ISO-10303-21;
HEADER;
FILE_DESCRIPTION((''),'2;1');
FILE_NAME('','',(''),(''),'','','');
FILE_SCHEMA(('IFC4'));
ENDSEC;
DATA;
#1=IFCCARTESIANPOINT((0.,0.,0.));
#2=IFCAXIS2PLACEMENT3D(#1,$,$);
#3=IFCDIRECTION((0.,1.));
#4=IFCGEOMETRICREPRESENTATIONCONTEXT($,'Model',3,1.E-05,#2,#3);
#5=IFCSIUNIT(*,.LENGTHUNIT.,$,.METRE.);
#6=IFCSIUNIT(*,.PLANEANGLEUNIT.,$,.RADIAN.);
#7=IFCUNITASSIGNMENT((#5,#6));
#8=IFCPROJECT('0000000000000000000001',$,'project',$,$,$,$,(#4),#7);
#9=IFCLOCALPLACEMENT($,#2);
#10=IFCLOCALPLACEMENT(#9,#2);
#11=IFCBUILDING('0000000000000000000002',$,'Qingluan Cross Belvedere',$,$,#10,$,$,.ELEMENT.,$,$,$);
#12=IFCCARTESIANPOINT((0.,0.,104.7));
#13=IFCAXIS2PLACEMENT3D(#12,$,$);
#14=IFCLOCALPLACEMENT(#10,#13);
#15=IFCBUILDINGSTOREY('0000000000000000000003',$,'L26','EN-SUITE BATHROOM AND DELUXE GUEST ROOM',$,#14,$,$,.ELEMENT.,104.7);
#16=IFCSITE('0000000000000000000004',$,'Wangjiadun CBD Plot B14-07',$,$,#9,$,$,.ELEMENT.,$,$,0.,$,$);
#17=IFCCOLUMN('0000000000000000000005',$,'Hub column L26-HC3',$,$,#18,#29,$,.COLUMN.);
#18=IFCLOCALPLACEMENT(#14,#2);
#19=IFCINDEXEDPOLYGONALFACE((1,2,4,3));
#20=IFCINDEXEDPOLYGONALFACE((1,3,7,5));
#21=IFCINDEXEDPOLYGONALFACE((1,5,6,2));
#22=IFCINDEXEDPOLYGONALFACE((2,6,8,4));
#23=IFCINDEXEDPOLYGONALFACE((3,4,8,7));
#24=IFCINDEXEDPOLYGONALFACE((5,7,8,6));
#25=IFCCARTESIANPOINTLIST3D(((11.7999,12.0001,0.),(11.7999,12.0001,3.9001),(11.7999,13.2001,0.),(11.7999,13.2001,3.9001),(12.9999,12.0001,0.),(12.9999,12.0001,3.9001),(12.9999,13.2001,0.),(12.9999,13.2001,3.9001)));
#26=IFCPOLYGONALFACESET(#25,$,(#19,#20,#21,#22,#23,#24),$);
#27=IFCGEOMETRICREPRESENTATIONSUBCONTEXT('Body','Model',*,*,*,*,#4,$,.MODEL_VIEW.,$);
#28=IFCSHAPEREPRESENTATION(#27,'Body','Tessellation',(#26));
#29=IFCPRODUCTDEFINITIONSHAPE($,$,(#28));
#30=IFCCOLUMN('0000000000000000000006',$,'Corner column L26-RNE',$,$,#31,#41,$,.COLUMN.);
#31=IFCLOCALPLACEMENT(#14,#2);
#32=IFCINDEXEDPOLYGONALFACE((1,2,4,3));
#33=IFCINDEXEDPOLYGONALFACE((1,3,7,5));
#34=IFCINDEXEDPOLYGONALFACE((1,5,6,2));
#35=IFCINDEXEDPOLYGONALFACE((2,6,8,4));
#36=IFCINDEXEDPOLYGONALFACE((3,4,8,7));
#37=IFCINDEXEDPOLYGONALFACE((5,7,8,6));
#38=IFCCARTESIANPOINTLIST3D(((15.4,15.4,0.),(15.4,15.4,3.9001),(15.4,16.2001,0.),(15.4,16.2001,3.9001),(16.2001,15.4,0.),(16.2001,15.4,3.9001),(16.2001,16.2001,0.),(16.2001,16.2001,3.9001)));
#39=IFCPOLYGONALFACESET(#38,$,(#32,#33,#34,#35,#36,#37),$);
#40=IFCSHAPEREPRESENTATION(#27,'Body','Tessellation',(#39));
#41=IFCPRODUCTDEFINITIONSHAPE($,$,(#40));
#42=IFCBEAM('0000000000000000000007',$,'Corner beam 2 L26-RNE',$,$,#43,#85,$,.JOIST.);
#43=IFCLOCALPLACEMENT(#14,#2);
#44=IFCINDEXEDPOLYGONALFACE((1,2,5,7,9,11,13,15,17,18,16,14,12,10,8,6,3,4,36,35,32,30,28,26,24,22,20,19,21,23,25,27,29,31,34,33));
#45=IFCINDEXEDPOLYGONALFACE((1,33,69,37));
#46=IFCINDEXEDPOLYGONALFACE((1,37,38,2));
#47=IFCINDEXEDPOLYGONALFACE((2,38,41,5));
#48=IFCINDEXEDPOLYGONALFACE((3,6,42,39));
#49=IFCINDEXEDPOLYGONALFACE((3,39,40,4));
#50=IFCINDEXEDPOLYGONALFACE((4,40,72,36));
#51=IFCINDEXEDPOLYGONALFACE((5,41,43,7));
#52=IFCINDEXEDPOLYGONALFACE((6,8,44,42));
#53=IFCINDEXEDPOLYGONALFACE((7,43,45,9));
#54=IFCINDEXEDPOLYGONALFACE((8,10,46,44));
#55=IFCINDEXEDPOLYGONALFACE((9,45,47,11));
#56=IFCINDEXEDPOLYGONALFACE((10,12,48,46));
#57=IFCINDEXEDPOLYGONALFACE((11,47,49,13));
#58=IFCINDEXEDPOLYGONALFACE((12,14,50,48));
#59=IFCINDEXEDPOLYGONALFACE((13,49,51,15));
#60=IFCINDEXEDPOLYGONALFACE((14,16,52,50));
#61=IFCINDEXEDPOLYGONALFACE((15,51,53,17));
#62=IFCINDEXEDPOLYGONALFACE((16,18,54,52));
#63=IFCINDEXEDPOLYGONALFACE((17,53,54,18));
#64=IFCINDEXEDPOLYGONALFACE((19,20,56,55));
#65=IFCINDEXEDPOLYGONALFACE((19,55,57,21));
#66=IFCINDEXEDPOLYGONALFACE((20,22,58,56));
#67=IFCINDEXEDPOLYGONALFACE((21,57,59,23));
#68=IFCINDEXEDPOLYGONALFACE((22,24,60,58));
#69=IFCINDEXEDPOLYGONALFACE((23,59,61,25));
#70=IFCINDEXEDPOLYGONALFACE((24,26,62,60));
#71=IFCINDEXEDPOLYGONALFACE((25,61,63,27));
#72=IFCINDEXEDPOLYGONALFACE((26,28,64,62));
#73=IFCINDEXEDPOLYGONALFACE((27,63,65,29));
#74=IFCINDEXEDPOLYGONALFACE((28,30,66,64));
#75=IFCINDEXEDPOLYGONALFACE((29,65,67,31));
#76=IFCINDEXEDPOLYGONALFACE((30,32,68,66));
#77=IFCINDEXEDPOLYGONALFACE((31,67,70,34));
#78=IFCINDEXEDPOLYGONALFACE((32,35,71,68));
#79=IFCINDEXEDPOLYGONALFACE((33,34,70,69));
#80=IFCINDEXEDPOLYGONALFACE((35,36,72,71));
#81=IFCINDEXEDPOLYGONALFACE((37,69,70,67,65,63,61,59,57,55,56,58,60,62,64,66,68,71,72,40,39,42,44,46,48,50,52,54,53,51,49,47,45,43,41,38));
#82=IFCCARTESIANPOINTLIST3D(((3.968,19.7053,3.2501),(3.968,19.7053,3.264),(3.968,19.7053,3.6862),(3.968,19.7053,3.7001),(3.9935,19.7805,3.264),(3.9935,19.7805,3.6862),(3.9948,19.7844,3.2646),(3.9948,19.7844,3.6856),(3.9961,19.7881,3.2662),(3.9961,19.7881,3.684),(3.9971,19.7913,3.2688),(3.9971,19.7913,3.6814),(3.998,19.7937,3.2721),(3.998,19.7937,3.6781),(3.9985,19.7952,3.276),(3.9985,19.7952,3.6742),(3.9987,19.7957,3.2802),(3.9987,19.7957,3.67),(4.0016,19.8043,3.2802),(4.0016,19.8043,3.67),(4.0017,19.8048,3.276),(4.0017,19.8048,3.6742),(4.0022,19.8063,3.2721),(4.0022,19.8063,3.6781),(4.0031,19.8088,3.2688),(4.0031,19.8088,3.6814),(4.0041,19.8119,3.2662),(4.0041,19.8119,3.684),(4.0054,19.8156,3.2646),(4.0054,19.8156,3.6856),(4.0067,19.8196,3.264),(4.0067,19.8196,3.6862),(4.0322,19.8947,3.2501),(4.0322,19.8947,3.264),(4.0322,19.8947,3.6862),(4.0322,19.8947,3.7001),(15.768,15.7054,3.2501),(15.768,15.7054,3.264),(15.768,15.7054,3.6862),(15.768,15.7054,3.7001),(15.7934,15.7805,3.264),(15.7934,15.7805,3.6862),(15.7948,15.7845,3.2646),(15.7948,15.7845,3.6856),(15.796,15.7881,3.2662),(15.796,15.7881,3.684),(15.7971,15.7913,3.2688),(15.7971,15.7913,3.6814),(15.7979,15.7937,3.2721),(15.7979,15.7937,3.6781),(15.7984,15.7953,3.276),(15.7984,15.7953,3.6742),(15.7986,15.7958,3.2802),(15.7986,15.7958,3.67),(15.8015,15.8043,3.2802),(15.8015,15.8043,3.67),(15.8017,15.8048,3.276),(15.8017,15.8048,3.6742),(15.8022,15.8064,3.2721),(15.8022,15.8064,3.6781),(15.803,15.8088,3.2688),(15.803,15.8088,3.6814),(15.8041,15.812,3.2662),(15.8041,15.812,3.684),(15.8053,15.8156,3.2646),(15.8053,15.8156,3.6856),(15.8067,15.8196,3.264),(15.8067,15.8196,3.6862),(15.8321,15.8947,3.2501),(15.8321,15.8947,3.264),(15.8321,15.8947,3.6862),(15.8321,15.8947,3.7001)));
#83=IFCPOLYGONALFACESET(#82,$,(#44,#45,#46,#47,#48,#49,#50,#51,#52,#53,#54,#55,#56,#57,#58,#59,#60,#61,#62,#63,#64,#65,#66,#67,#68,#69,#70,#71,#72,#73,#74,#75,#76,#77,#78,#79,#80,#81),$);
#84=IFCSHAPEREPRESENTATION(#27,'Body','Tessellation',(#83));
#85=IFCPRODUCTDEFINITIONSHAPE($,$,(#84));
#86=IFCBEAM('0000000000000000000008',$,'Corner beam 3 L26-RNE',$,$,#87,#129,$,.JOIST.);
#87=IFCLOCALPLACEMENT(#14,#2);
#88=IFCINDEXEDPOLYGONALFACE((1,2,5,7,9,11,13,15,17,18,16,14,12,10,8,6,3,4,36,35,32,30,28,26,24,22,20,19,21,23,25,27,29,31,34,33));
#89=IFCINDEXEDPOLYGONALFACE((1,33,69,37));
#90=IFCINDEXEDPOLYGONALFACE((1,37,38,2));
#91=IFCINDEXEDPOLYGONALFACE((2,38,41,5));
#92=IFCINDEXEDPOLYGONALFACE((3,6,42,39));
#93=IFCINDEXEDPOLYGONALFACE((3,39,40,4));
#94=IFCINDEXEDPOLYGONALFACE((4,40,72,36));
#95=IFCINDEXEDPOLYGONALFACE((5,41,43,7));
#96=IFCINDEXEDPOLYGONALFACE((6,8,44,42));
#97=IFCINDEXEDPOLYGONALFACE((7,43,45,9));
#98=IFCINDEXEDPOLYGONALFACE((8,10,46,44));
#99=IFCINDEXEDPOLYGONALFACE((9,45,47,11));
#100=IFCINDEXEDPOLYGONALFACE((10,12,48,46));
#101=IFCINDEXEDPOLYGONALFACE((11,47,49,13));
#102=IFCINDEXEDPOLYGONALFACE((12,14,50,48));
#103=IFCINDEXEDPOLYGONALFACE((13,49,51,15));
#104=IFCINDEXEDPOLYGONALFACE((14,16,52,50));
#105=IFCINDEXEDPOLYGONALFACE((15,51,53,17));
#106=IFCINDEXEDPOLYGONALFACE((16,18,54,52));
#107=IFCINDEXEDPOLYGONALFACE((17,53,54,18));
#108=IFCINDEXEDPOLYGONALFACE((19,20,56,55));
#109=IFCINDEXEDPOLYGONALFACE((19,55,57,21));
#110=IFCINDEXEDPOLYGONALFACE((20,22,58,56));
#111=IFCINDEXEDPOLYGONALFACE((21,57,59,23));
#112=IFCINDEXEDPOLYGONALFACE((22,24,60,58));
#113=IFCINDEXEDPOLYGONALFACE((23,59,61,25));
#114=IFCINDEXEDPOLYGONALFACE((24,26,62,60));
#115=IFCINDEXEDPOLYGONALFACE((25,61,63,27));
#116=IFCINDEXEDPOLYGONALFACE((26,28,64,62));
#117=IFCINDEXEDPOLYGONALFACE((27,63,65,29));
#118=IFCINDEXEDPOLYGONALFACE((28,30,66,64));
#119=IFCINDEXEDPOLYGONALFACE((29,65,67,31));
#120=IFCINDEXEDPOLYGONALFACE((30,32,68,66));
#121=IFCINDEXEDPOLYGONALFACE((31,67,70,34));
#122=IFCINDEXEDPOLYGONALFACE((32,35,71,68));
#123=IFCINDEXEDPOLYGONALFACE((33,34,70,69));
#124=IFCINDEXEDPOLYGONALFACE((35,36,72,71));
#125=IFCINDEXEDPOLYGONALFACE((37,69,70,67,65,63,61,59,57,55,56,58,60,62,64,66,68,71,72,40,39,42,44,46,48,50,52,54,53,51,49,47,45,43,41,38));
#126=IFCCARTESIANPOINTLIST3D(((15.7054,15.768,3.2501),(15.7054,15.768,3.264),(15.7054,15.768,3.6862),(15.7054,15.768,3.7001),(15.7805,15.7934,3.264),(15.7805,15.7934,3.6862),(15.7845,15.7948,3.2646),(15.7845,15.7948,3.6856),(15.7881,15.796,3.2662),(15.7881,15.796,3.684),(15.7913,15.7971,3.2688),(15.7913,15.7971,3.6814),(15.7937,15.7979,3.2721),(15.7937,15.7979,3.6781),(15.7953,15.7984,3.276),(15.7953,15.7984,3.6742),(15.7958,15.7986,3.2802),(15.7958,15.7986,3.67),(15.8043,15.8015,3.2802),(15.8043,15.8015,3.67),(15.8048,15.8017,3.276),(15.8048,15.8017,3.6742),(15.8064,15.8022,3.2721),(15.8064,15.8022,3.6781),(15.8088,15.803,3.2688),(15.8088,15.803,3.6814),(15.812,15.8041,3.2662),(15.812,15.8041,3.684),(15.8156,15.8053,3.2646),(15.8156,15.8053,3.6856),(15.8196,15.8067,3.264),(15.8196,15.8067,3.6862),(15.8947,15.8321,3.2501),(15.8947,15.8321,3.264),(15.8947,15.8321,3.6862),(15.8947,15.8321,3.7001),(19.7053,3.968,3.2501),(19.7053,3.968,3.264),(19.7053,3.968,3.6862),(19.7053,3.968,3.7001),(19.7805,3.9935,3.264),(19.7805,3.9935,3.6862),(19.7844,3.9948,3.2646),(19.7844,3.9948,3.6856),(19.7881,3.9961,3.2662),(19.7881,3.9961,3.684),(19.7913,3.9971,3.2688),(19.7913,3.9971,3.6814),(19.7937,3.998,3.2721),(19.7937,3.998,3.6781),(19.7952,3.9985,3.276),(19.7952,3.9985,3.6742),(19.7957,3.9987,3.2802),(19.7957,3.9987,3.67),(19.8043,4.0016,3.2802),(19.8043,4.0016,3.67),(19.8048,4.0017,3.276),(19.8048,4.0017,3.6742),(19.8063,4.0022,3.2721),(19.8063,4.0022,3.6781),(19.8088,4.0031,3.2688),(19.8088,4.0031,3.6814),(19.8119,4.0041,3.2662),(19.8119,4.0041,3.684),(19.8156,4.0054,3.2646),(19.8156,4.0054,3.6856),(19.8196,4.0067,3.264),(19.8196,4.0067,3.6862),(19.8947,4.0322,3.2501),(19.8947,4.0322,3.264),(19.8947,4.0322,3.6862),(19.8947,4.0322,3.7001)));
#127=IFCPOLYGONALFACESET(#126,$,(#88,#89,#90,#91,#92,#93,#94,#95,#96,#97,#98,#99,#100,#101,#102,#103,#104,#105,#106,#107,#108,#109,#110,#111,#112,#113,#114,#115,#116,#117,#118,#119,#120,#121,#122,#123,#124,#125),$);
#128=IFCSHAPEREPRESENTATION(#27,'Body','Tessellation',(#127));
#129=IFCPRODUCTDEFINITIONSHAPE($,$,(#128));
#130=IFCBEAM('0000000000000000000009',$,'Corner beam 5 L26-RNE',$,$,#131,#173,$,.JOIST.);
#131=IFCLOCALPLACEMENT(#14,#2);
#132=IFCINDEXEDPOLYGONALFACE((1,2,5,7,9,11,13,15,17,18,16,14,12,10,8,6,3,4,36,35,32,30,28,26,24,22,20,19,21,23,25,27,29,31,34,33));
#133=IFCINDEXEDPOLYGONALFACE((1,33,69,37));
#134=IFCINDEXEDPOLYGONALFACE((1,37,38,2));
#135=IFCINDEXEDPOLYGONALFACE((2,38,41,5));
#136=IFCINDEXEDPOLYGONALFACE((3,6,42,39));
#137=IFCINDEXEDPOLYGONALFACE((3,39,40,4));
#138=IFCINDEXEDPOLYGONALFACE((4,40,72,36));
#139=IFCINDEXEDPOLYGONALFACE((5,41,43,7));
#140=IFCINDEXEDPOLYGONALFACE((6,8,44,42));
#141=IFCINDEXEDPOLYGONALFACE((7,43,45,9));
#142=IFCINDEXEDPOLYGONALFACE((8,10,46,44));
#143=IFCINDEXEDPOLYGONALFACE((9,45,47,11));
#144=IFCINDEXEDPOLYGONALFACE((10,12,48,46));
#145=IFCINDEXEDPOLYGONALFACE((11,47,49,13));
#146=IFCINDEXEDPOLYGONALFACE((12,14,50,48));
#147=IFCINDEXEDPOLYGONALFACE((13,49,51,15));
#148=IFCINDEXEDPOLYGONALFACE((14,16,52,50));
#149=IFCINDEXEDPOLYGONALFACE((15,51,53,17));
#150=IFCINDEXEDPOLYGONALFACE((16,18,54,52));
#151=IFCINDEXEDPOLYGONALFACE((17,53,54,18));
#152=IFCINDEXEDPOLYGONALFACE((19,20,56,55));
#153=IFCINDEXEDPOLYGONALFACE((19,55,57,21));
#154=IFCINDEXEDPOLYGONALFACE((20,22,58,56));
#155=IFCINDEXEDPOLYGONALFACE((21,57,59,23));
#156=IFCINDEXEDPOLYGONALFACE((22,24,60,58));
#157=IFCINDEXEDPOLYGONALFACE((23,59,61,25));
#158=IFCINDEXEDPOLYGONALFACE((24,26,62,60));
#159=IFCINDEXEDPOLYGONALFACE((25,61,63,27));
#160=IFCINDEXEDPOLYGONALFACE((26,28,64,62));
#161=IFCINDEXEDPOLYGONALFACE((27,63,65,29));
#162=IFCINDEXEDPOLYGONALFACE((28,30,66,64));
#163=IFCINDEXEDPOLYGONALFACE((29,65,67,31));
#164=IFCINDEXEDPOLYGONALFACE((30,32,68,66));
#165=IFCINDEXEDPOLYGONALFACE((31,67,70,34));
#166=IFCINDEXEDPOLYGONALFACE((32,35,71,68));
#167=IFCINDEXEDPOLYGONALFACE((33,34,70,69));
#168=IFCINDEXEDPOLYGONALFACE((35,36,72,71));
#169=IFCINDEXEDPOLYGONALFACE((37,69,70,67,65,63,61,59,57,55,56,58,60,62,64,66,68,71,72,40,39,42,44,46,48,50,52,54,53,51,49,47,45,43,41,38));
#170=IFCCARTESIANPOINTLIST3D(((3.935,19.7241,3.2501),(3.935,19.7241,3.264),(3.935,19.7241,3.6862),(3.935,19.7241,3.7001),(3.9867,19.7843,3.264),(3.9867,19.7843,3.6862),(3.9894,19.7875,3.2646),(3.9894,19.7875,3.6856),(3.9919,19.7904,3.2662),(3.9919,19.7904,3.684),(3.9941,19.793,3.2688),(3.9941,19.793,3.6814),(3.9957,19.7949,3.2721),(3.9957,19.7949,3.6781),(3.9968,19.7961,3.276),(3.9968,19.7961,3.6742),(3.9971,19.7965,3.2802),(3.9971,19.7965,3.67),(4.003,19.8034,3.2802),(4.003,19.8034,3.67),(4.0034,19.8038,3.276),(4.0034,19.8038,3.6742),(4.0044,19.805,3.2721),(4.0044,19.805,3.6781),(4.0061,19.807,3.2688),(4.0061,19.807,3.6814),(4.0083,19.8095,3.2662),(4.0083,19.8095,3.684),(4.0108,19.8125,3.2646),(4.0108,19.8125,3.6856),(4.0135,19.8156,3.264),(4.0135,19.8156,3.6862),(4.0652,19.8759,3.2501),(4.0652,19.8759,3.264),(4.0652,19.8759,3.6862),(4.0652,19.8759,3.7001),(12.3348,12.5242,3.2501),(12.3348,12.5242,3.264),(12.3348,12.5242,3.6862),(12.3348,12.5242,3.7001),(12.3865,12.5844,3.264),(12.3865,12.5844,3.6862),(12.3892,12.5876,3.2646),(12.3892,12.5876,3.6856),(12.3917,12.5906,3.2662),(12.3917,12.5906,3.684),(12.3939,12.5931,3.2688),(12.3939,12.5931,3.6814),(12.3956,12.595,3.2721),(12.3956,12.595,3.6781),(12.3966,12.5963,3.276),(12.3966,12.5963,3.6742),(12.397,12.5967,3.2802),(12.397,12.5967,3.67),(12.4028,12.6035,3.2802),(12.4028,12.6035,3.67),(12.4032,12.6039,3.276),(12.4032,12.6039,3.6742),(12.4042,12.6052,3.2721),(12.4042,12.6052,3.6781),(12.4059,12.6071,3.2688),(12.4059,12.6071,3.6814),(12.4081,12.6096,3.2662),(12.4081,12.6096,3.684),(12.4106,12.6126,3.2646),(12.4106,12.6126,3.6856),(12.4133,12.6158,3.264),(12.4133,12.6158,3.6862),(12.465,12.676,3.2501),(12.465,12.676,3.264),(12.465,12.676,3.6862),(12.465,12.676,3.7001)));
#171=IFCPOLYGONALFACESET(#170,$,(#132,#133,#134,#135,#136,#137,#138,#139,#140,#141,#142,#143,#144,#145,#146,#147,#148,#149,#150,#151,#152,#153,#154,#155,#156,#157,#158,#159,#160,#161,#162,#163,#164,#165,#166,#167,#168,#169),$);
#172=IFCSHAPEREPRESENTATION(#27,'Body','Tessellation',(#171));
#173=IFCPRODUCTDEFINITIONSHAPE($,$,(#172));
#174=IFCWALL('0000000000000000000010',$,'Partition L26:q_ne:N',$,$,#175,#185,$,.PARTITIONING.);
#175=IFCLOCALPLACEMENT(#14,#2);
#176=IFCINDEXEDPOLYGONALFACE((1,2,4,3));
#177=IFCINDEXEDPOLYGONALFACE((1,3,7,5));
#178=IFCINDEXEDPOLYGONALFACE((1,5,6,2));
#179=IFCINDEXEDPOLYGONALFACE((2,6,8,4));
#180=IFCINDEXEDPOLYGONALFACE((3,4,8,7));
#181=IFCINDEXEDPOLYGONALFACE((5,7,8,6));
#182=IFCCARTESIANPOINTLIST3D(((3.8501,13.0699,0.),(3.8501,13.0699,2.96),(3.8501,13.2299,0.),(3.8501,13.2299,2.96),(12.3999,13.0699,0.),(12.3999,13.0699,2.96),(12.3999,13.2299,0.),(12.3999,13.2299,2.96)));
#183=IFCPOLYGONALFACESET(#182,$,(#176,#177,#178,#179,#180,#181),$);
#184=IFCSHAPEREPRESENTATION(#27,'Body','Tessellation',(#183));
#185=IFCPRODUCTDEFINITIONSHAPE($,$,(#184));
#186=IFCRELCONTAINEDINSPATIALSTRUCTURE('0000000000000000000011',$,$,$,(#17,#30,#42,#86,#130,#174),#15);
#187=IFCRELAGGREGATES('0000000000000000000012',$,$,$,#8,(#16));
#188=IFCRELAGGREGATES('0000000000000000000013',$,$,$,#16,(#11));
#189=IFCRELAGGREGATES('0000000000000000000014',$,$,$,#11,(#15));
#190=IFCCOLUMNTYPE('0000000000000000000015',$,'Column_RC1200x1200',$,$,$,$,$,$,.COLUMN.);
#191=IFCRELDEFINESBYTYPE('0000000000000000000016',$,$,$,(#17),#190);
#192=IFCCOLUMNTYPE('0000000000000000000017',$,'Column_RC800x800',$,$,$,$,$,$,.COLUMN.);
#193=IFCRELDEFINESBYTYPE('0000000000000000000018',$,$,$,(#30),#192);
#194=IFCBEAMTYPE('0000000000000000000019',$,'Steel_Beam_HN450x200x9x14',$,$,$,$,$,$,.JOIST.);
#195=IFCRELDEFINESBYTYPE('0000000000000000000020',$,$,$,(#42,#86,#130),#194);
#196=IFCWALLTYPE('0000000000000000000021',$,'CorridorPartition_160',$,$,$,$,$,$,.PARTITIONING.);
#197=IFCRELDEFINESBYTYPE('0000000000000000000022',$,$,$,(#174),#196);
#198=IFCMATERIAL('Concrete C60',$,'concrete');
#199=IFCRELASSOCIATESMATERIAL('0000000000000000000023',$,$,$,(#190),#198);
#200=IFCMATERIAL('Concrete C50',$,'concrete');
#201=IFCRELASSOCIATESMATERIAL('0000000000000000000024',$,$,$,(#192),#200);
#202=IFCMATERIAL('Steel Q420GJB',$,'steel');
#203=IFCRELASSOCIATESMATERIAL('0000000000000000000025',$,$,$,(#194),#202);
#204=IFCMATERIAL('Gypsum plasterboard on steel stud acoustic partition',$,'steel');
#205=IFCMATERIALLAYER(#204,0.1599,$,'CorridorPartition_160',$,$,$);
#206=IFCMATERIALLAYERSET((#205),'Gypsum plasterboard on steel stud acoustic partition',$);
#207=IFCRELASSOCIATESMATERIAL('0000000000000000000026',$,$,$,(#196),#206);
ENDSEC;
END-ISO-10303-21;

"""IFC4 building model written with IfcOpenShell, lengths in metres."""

from ifc_helpers import new_model, si_unit, direction, frame, frame_2d, origin, origin_2d, place, context, subcontext, project, spatial, rectangle, i_section, extrude, material, layer, layer_set, material_profile, profile_set, type_object, element, save


model = new_model("IFC4")

# Units and contexts
model_context = context("Model", 3, precision=1e-05, world=origin(), true_north=direction((0.0, 1.0)))
body_context = subcontext(model_context, "Body", "Model", "MODEL_VIEW")
ifc_project = project(units=[si_unit("LENGTHUNIT", "METRE"), si_unit("PLANEANGLEUNIT", "RADIAN")], contexts=[model_context])

# Site, building, storey
site_placement = place(None, origin())
site = spatial("IfcSite", under=ifc_project, at=site_placement, Name="Wangjiadun CBD Plot B14-07", CompositionType="ELEMENT", RefElevation=0.0)
building_placement = place(site_placement, origin())
building = spatial("IfcBuilding", under=site, at=building_placement, Name="Qingluan Cross Belvedere", CompositionType="ELEMENT")
storey_placement = place(building_placement, frame((0.0, 0.0, 104.7)))
storey = spatial("IfcBuildingStorey", under=building, at=storey_placement, Name="L26", Description="EN-SUITE BATHROOM AND DELUXE GUEST ROOM", CompositionType="ELEMENT", Elevation=104.7)

# Columns
ifc_material_1 = material(Name="Concrete C60", Category="concrete")
ifc_material_profile_1 = material_profile(ifc_material_1, rectangle(XDim=1.2, YDim=1.2, at=origin_2d()), Name="RC1200x1200")
ifc_profile_set_1 = profile_set([ifc_material_profile_1], Name="Concrete C60")
column_type_1 = type_object("IfcColumnType", Name="Column_RC1200x1200", PredefinedType="COLUMN", material=ifc_profile_set_1)
column_1_placement = place(storey_placement, frame((12.3999, 12.6001, 0.0), z_axis=(0.0, 0.0, 1.0), x_axis=(1.0, 0.0, 0.0)))
element("IfcColumn", 1, at=column_1_placement, inside=storey, type_object=column_type_1, Name="Hub column L26-HC3", PredefinedType="COLUMN", context=body_context, shape_type="SweptSolid", body=[
    extrude(rectangle(XDim=1.2, YDim=1.2, at=origin_2d()), origin(), (0.0, 0.0, 1.0), 3.9001),
])
ifc_material_2 = material(Name="Concrete C50", Category="concrete")
ifc_material_profile_2 = material_profile(ifc_material_2, rectangle(XDim=0.8, YDim=0.8, at=origin_2d()), Name="RC800x800")
ifc_profile_set_2 = profile_set([ifc_material_profile_2], Name="Concrete C50")
column_type_2 = type_object("IfcColumnType", Name="Column_RC800x800", PredefinedType="COLUMN", material=ifc_profile_set_2)
column_2_placement = place(storey_placement, frame((15.8, 15.8, 0.0), z_axis=(0.0, 0.0, 1.0), x_axis=(1.0, 0.0, 0.0)))
element("IfcColumn", 2, at=column_2_placement, inside=storey, type_object=column_type_2, Name="Corner column L26-RNE", PredefinedType="COLUMN", context=body_context, shape_type="SweptSolid", body=[
    extrude(rectangle(XDim=0.8, YDim=0.8, at=origin_2d()), origin(), (0.0, 0.0, 1.0), 3.9001),
])

# Beams
ifc_material_3 = material(Name="Steel Q420GJB", Category="steel")
ifc_material_profile_3 = material_profile(ifc_material_3, i_section(OverallWidth=0.2, OverallDepth=0.45, WebThickness=0.009, FlangeThickness=0.0139, FilletRadius=0.0161, at=origin_2d()), Name="HN450x200x9x14")
ifc_profile_set_3 = profile_set([ifc_material_profile_3], Name="Steel Q420GJB")
beam_type = type_object("IfcBeamType", Name="Steel_Beam_HN450x200x9x14", PredefinedType="JOIST", material=ifc_profile_set_3)
for number, where, z_axis, x_axis, name in (
    (3, (15.8, 15.8, 3.4751), (-0.947066, 0.321038, 0.0), (-0.321038, -0.947066, 0.0), "Corner beam 2 L26-RNE"),
    (4, (15.8, 15.8, 3.4751), (0.321038, -0.947066, 0.0), (0.947066, 0.321038, 0.0), "Corner beam 3 L26-RNE"),
):
    element("IfcBeam", number, at=place(storey_placement, frame(where, z_axis=z_axis, x_axis=x_axis)), inside=storey, type_object=beam_type, Name=name, PredefinedType="JOIST", context=body_context, shape_type="SweptSolid", body=[
        extrude(i_section(OverallWidth=0.2, OverallDepth=0.45, WebThickness=0.009, FlangeThickness=0.0139, FilletRadius=0.0161, at=origin_2d()), origin(), (0.0, 0.0, 1.0), 12.4595),
    ])
beam_placement = place(storey_placement, frame((12.3999, 12.6001, 3.4751), z_axis=(-0.759255, 0.650793, 0.0), x_axis=(-0.650793, -0.759255, 0.0)))
element("IfcBeam", 5, at=beam_placement, inside=storey, type_object=beam_type, Name="Corner beam 5 L26-RNE", PredefinedType="JOIST", context=body_context, shape_type="SweptSolid", body=[
    extrude(i_section(OverallWidth=0.2, OverallDepth=0.45, WebThickness=0.009, FlangeThickness=0.0139, FilletRadius=0.0161, at=origin_2d()), origin(), (0.0, 0.0, 1.0), 11.0632),
])

# Wall
ifc_material_4 = material(Name="Gypsum plasterboard on steel stud acoustic partition", Category="steel")
ifc_layer_1 = layer(ifc_material_4, 0.1599, Name="CorridorPartition_160")
ifc_layer_set_1 = layer_set([ifc_layer_1], Name="Gypsum plasterboard on steel stud acoustic partition")
wall_type_1 = type_object("IfcWallType", Name="CorridorPartition_160", PredefinedType="PARTITIONING", material=ifc_layer_set_1)
wall_1_placement = place(storey_placement, frame((3.8501, 13.1499, 0.0), z_axis=(0.0, 0.0, 1.0), x_axis=(1.0, 0.0, 0.0)))
element("IfcWall", 6, at=wall_1_placement, inside=storey, type_object=wall_type_1, Name="Partition L26:q_ne:N", PredefinedType="PARTITIONING", context=body_context, shape_type="SweptSolid", body=[
    extrude(rectangle(XDim=8.5498, YDim=0.1599, at=frame_2d((4.2749, 0.0))), origin(), (0.0, 0.0, 1.0), 2.96),
])

save(model, "model.ifc")
